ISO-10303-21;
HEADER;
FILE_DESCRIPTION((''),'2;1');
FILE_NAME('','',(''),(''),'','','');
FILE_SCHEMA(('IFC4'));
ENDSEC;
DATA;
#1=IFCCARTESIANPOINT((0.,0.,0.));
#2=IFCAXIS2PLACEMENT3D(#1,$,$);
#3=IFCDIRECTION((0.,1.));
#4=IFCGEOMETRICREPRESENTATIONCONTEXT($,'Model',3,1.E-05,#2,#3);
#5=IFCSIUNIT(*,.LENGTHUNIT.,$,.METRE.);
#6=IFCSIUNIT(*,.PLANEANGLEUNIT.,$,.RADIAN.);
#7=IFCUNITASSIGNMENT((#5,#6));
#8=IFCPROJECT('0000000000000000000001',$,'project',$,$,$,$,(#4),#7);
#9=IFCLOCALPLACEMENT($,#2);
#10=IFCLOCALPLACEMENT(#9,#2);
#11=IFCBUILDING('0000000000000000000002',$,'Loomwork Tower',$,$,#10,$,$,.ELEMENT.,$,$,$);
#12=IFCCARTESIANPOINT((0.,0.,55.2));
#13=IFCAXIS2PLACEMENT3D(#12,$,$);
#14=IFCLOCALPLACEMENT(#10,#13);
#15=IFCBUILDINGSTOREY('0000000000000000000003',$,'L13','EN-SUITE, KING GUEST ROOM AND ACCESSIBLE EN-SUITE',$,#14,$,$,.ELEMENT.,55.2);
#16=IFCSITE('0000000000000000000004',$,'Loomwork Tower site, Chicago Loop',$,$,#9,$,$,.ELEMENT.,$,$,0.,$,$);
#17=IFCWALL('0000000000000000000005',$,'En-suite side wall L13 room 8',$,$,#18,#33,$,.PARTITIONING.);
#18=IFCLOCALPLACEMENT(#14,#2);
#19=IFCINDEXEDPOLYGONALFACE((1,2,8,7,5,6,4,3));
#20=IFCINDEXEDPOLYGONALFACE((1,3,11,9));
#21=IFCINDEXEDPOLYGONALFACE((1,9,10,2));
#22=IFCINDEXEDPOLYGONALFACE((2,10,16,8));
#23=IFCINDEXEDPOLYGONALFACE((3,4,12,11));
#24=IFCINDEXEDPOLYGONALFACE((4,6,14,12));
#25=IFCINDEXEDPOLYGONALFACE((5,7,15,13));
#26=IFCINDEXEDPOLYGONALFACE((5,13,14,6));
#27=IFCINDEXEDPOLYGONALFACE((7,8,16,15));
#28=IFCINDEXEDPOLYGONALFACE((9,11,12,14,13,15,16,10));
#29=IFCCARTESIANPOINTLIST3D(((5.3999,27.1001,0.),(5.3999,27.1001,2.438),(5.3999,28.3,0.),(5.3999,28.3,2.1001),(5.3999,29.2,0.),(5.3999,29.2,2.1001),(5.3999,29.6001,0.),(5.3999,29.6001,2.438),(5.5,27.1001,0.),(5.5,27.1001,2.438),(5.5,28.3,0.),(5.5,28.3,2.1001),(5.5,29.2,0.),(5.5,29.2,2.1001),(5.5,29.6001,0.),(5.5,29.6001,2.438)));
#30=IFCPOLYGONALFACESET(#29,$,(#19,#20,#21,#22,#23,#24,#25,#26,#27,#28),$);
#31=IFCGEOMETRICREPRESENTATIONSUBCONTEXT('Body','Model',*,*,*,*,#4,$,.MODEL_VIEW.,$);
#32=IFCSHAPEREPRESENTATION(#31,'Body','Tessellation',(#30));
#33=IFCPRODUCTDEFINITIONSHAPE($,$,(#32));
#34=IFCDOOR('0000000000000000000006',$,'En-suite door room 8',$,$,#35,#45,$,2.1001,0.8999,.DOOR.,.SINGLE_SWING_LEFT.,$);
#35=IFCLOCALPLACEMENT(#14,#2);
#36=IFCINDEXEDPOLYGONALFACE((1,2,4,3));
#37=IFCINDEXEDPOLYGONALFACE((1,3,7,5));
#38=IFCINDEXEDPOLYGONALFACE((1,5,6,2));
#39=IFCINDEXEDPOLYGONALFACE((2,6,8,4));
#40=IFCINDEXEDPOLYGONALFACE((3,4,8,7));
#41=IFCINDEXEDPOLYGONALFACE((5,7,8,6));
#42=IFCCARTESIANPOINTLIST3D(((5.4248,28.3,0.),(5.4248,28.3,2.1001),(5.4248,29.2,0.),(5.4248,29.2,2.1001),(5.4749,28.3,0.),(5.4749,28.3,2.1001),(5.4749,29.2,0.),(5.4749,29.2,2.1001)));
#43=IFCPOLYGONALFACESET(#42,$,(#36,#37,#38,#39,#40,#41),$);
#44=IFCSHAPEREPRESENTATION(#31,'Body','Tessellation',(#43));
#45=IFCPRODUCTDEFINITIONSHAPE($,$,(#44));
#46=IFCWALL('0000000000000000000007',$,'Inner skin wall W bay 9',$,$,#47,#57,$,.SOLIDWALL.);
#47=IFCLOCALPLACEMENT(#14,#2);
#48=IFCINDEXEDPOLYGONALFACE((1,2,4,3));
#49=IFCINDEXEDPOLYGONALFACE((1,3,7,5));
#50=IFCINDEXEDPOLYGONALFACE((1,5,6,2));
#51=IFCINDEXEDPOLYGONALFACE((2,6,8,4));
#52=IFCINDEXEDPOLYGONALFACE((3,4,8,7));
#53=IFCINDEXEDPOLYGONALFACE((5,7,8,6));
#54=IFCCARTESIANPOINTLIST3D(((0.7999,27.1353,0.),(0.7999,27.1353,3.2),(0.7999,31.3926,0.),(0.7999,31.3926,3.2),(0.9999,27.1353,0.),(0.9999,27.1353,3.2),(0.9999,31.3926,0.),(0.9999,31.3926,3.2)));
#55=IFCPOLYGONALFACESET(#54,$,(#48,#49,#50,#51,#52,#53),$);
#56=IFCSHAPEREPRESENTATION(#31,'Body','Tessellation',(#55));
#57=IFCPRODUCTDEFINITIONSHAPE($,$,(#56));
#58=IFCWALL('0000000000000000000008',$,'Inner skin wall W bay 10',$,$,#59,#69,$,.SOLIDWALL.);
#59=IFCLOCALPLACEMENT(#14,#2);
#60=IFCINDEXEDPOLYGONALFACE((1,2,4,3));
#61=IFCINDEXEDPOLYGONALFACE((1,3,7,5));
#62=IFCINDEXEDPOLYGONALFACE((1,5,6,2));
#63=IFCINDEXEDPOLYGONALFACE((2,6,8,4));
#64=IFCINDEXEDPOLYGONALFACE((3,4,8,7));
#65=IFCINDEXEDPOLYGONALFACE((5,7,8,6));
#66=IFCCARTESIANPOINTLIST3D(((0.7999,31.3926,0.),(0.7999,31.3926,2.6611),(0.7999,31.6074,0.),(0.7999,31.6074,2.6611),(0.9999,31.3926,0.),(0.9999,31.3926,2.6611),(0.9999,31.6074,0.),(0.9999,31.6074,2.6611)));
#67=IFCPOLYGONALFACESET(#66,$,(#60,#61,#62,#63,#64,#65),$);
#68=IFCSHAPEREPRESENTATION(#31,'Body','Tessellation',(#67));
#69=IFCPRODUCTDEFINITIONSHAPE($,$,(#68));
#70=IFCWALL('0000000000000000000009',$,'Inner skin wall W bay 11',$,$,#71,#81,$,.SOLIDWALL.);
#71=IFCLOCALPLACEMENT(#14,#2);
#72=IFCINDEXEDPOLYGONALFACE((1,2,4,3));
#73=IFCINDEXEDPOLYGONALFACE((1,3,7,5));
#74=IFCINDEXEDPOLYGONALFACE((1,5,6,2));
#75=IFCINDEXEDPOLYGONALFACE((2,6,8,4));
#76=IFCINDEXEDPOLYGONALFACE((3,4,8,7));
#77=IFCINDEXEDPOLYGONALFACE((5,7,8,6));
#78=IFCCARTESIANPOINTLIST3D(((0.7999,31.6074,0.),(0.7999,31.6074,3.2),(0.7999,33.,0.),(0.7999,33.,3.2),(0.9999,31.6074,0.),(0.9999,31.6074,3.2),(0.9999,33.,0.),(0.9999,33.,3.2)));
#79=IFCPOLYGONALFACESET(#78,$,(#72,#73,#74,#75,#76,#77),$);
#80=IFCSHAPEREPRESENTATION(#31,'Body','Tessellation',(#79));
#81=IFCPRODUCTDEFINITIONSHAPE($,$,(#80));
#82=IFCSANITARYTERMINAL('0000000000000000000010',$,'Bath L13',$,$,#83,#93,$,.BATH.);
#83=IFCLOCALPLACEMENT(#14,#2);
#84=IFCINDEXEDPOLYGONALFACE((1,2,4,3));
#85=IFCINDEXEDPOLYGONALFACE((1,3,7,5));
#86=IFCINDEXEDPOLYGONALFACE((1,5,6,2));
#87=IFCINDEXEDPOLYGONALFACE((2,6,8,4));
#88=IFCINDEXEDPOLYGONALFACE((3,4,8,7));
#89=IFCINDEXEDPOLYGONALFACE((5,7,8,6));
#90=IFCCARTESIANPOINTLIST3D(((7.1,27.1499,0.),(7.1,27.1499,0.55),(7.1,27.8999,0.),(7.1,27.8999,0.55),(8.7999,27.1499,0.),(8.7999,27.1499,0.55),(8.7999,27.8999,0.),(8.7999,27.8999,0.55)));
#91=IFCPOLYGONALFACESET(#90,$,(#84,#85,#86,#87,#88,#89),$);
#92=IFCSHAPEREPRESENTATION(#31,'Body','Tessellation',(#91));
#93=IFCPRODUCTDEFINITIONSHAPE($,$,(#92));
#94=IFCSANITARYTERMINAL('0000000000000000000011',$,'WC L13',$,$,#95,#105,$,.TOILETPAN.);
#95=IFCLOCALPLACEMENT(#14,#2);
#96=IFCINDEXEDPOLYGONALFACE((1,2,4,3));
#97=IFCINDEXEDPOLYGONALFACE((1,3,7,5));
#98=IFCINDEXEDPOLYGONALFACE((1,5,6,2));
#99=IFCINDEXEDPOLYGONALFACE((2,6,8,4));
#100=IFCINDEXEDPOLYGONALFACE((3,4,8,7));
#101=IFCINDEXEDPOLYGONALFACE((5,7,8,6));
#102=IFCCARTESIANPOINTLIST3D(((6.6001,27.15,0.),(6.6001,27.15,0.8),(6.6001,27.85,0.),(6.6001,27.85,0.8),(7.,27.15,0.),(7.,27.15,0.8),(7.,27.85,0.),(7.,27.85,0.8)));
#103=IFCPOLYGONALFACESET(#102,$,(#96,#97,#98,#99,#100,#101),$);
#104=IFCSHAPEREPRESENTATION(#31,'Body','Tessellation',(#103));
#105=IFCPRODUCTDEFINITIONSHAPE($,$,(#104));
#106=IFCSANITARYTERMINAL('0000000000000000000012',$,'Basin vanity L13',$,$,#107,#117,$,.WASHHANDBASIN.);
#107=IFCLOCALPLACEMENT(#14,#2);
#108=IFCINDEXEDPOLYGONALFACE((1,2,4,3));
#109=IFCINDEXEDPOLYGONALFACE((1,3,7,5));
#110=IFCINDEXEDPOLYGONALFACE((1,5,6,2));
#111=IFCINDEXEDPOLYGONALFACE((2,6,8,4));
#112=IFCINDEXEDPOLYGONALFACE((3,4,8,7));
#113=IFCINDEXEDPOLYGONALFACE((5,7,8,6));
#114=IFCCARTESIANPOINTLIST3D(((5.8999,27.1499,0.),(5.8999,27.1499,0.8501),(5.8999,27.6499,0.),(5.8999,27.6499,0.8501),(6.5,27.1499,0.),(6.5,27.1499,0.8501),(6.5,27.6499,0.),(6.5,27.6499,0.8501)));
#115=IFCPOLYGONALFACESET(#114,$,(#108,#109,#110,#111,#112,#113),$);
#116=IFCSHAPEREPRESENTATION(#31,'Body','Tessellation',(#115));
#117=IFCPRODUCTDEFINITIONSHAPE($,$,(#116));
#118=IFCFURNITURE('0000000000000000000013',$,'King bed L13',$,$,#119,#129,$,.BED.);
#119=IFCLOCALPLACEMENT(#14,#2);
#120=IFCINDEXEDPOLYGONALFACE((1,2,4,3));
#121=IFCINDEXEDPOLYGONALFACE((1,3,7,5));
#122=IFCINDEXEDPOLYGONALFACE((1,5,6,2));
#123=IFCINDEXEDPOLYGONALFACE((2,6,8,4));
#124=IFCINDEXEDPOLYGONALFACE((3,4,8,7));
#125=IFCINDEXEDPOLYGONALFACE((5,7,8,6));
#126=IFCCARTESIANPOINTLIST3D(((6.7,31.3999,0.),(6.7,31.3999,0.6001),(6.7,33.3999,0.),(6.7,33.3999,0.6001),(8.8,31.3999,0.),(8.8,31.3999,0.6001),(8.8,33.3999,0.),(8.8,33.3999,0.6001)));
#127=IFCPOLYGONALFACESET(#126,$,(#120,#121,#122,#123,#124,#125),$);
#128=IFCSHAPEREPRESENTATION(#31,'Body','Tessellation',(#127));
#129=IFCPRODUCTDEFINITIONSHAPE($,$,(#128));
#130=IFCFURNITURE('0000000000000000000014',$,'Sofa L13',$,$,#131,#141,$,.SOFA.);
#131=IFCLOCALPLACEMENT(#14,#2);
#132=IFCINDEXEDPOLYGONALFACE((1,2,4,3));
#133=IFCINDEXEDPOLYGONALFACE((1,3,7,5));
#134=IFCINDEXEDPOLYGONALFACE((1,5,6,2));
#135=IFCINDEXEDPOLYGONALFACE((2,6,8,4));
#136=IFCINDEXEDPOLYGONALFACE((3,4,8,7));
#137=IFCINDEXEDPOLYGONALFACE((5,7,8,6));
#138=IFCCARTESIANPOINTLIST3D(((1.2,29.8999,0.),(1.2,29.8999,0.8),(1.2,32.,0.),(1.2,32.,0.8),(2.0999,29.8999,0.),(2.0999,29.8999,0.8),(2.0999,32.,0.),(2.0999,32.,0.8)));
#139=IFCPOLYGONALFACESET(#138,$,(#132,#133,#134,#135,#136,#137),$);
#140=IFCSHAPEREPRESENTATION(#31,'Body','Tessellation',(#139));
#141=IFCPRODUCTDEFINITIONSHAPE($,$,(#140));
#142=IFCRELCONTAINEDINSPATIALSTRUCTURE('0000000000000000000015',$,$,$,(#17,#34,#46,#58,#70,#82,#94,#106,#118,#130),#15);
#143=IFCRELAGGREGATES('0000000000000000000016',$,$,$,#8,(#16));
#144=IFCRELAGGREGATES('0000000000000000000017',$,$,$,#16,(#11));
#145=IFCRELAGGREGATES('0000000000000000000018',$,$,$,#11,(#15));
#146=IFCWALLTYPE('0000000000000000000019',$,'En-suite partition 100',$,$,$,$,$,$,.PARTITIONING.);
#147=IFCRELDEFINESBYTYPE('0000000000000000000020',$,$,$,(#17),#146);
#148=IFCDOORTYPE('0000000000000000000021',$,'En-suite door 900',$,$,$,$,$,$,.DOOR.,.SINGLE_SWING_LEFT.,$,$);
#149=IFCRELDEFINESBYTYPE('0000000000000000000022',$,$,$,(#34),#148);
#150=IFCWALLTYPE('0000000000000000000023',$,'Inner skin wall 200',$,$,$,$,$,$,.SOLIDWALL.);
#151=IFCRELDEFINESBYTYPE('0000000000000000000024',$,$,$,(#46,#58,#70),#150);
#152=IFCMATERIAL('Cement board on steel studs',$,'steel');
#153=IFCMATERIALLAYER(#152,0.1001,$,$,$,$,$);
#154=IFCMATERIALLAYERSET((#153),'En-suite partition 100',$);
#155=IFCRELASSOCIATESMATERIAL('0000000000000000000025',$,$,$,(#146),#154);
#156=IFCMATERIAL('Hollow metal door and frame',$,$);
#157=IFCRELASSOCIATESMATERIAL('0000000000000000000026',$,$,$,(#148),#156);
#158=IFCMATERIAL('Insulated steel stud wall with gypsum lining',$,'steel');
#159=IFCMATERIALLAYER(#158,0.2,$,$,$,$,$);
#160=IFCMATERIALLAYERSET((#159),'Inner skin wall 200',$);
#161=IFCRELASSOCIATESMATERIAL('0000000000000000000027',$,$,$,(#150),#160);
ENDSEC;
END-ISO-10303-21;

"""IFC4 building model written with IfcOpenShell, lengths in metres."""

from ifc_helpers import new_model, si_unit, direction, frame, frame_2d, origin, origin_2d, place, context, subcontext, project, spatial, rectangle, extrude, material, layer, layer_set, type_object, element, fill, save


model = new_model("IFC4")

# Units and contexts
model_context = context("Model", 3, precision=1e-05, world=origin(), true_north=direction((0.0, 1.0)))
body_context = subcontext(model_context, "Body", "Model", "MODEL_VIEW")
ifc_project = project(units=[si_unit("LENGTHUNIT", "METRE"), si_unit("PLANEANGLEUNIT", "RADIAN")], contexts=[model_context])

# Site, building, storey
site_placement = place(None, origin())
site = spatial("IfcSite", under=ifc_project, at=site_placement, Name="Loomwork Tower site, Chicago Loop", CompositionType="ELEMENT", RefElevation=0.0)
building_placement = place(site_placement, origin())
building = spatial("IfcBuilding", under=site, at=building_placement, Name="Loomwork Tower", CompositionType="ELEMENT")
storey_placement = place(building_placement, frame((0.0, 0.0, 55.2)))
storey = spatial("IfcBuildingStorey", under=building, at=storey_placement, Name="L13", Description="EN-SUITE, KING GUEST ROOM AND ACCESSIBLE EN-SUITE", CompositionType="ELEMENT", Elevation=55.2)

# Shared definitions
ifc_material_1 = material(Name="Cement board on steel studs", Category="steel")
ifc_layer_1 = layer(ifc_material_1, 0.1001)
ifc_layer_set_1 = layer_set([ifc_layer_1], Name="En-suite partition 100")
wall_type_1 = type_object("IfcWallType", Name="En-suite partition 100", PredefinedType="PARTITIONING", material=ifc_layer_set_1)

# Wall, opening, door
wall_1_placement = place(storey_placement, frame((5.45, 27.1001, 0.0), z_axis=(0.0, 0.0, 1.0), x_axis=(0.0, 1.0, 0.0)))
wall_1 = element("IfcWall", 1, at=wall_1_placement, inside=storey, type_object=wall_type_1, Name="En-suite side wall L13 room 8", PredefinedType="PARTITIONING", context=body_context, shape_type="SweptSolid", body=[
    extrude(rectangle(XDim=2.5, YDim=0.1001, at=frame_2d((1.25, 0.0))), origin(), (0.0, 0.0, 1.0), 2.438),
])
opening_1_placement = place(wall_1_placement, frame((1.2, 0.0, 0.0)))
opening_1 = element("IfcOpeningElement", 2, at=opening_1_placement, cuts=wall_1, PredefinedType="OPENING", context=body_context, shape_type="SweptSolid", body=[
    extrude(rectangle(XDim=0.8999, YDim=2.1001, at=frame_2d((0.45, 1.05))), frame((0.0, 0.0601, 0.0), z_axis=(0.0, -1.0, 0.0), x_axis=(1.0, 0.0, 0.0)), (0.0, 0.0, 1.0), 0.1201),
])
ifc_material_2 = material(Name="Hollow metal door and frame")
door_type_1 = type_object("IfcDoorType", Name="En-suite door 900", OperationType="SINGLE_SWING_LEFT", PredefinedType="DOOR", material=ifc_material_2)
door_1_placement = place(opening_1_placement, frame((0.8999, 0.0, 0.0), z_axis=(0.0, 0.0, 1.0), x_axis=(-1.0, 0.0, 0.0)))
door_1 = element("IfcDoor", 3, at=door_1_placement, inside=storey, type_object=door_type_1, Name="En-suite door room 8", OperationType="SINGLE_SWING_LEFT", OverallHeight=2.1001, OverallWidth=0.8999, PredefinedType="DOOR", context=body_context, shape_type="SweptSolid", body=[
    extrude(rectangle(XDim=0.8999, YDim=2.1001, at=frame_2d((0.45, 1.05))), frame((0.0, 0.0249, 0.0), z_axis=(0.0, -1.0, 0.0), x_axis=(1.0, 0.0, 0.0)), (0.0, 0.0, 1.0), 0.05),
])
fill(opening_1, door_1)

# Walls
ifc_material_3 = material(Name="Insulated steel stud wall with gypsum lining", Category="steel")
ifc_layer_2 = layer(ifc_material_3, 0.2)
ifc_layer_set_2 = layer_set([ifc_layer_2], Name="Inner skin wall 200")
wall_type_2 = type_object("IfcWallType", Name="Inner skin wall 200", PredefinedType="SOLIDWALL", material=ifc_layer_set_2)
wall_2_placement = place(storey_placement, frame((0.8999, 27.1353, 0.0), z_axis=(0.0, 0.0, 1.0), x_axis=(0.0, 1.0, 0.0)))
element("IfcWall", 4, at=wall_2_placement, inside=storey, type_object=wall_type_2, Name="Inner skin wall W bay 9", PredefinedType="SOLIDWALL", context=body_context, shape_type="SweptSolid", body=[
    extrude(rectangle(XDim=4.2573, YDim=0.2, at=frame_2d((2.1287, 0.0))), origin(), (0.0, 0.0, 1.0), 3.2),
])
wall_3_placement = place(storey_placement, frame((0.8999, 31.3926, 0.0), z_axis=(0.0, 0.0, 1.0), x_axis=(0.0, 1.0, 0.0)))
element("IfcWall", 5, at=wall_3_placement, inside=storey, type_object=wall_type_2, Name="Inner skin wall W bay 10", PredefinedType="SOLIDWALL", context=body_context, shape_type="SweptSolid", body=[
    extrude(rectangle(XDim=0.2148, YDim=0.2, at=frame_2d((0.1074, 0.0))), origin(), (0.0, 0.0, 1.0), 2.6611),
])
wall_4_placement = place(storey_placement, frame((0.8999, 31.6074, 0.0), z_axis=(0.0, 0.0, 1.0), x_axis=(0.0, 1.0, 0.0)))
element("IfcWall", 6, at=wall_4_placement, inside=storey, type_object=wall_type_2, Name="Inner skin wall W bay 11", PredefinedType="SOLIDWALL", context=body_context, shape_type="SweptSolid", body=[
    extrude(rectangle(XDim=1.3926, YDim=0.2, at=frame_2d((0.6963, 0.0))), origin(), (0.0, 0.0, 1.0), 3.2),
])

# Sanitary terminals
sanitary_terminal_1_placement = place(storey_placement, frame((7.95, 27.5249, 0.0), z_axis=(0.0, 0.0, 1.0), x_axis=(1.0, 0.0, 0.0)))
element("IfcSanitaryTerminal", 7, at=sanitary_terminal_1_placement, inside=storey, Name="Bath L13", PredefinedType="BATH", context=body_context, shape_type="SweptSolid", body=[
    extrude(rectangle(XDim=1.7, YDim=0.75, at=origin_2d()), origin(), (0.0, 0.0, 1.0), 0.55),
])
sanitary_terminal_2_placement = place(storey_placement, frame((6.8, 27.5, 0.0), z_axis=(0.0, 0.0, 1.0), x_axis=(1.0, 0.0, 0.0)))
element("IfcSanitaryTerminal", 8, at=sanitary_terminal_2_placement, inside=storey, Name="WC L13", PredefinedType="TOILETPAN", context=body_context, shape_type="SweptSolid", body=[
    extrude(rectangle(XDim=0.3999, YDim=0.7, at=origin_2d()), origin(), (0.0, 0.0, 1.0), 0.8),
])
sanitary_terminal_3_placement = place(storey_placement, frame((6.2, 27.3999, 0.0), z_axis=(0.0, 0.0, 1.0), x_axis=(1.0, 0.0, 0.0)))
element("IfcSanitaryTerminal", 9, at=sanitary_terminal_3_placement, inside=storey, Name="Basin vanity L13", PredefinedType="WASHHANDBASIN", context=body_context, shape_type="SweptSolid", body=[
    extrude(rectangle(XDim=0.6001, YDim=0.5, at=origin_2d()), origin(), (0.0, 0.0, 1.0), 0.8501),
])

# Furniture
furniture_1_placement = place(storey_placement, frame((7.75, 32.3999, 0.0), z_axis=(0.0, 0.0, 1.0), x_axis=(1.0, 0.0, 0.0)))
element("IfcFurniture", 10, at=furniture_1_placement, inside=storey, Name="King bed L13", PredefinedType="BED", context=body_context, shape_type="SweptSolid", body=[
    extrude(rectangle(XDim=2.1001, YDim=2.0, at=origin_2d()), origin(), (0.0, 0.0, 1.0), 0.6001),
])
furniture_2_placement = place(storey_placement, frame((1.6499, 30.95, 0.0), z_axis=(0.0, 0.0, 1.0), x_axis=(1.0, 0.0, 0.0)))
element("IfcFurniture", 11, at=furniture_2_placement, inside=storey, Name="Sofa L13", PredefinedType="SOFA", context=body_context, shape_type="SweptSolid", body=[
    extrude(rectangle(XDim=0.8999, YDim=2.1001, at=origin_2d()), origin(), (0.0, 0.0, 1.0), 0.8),
])

save(model, "model.ifc")
